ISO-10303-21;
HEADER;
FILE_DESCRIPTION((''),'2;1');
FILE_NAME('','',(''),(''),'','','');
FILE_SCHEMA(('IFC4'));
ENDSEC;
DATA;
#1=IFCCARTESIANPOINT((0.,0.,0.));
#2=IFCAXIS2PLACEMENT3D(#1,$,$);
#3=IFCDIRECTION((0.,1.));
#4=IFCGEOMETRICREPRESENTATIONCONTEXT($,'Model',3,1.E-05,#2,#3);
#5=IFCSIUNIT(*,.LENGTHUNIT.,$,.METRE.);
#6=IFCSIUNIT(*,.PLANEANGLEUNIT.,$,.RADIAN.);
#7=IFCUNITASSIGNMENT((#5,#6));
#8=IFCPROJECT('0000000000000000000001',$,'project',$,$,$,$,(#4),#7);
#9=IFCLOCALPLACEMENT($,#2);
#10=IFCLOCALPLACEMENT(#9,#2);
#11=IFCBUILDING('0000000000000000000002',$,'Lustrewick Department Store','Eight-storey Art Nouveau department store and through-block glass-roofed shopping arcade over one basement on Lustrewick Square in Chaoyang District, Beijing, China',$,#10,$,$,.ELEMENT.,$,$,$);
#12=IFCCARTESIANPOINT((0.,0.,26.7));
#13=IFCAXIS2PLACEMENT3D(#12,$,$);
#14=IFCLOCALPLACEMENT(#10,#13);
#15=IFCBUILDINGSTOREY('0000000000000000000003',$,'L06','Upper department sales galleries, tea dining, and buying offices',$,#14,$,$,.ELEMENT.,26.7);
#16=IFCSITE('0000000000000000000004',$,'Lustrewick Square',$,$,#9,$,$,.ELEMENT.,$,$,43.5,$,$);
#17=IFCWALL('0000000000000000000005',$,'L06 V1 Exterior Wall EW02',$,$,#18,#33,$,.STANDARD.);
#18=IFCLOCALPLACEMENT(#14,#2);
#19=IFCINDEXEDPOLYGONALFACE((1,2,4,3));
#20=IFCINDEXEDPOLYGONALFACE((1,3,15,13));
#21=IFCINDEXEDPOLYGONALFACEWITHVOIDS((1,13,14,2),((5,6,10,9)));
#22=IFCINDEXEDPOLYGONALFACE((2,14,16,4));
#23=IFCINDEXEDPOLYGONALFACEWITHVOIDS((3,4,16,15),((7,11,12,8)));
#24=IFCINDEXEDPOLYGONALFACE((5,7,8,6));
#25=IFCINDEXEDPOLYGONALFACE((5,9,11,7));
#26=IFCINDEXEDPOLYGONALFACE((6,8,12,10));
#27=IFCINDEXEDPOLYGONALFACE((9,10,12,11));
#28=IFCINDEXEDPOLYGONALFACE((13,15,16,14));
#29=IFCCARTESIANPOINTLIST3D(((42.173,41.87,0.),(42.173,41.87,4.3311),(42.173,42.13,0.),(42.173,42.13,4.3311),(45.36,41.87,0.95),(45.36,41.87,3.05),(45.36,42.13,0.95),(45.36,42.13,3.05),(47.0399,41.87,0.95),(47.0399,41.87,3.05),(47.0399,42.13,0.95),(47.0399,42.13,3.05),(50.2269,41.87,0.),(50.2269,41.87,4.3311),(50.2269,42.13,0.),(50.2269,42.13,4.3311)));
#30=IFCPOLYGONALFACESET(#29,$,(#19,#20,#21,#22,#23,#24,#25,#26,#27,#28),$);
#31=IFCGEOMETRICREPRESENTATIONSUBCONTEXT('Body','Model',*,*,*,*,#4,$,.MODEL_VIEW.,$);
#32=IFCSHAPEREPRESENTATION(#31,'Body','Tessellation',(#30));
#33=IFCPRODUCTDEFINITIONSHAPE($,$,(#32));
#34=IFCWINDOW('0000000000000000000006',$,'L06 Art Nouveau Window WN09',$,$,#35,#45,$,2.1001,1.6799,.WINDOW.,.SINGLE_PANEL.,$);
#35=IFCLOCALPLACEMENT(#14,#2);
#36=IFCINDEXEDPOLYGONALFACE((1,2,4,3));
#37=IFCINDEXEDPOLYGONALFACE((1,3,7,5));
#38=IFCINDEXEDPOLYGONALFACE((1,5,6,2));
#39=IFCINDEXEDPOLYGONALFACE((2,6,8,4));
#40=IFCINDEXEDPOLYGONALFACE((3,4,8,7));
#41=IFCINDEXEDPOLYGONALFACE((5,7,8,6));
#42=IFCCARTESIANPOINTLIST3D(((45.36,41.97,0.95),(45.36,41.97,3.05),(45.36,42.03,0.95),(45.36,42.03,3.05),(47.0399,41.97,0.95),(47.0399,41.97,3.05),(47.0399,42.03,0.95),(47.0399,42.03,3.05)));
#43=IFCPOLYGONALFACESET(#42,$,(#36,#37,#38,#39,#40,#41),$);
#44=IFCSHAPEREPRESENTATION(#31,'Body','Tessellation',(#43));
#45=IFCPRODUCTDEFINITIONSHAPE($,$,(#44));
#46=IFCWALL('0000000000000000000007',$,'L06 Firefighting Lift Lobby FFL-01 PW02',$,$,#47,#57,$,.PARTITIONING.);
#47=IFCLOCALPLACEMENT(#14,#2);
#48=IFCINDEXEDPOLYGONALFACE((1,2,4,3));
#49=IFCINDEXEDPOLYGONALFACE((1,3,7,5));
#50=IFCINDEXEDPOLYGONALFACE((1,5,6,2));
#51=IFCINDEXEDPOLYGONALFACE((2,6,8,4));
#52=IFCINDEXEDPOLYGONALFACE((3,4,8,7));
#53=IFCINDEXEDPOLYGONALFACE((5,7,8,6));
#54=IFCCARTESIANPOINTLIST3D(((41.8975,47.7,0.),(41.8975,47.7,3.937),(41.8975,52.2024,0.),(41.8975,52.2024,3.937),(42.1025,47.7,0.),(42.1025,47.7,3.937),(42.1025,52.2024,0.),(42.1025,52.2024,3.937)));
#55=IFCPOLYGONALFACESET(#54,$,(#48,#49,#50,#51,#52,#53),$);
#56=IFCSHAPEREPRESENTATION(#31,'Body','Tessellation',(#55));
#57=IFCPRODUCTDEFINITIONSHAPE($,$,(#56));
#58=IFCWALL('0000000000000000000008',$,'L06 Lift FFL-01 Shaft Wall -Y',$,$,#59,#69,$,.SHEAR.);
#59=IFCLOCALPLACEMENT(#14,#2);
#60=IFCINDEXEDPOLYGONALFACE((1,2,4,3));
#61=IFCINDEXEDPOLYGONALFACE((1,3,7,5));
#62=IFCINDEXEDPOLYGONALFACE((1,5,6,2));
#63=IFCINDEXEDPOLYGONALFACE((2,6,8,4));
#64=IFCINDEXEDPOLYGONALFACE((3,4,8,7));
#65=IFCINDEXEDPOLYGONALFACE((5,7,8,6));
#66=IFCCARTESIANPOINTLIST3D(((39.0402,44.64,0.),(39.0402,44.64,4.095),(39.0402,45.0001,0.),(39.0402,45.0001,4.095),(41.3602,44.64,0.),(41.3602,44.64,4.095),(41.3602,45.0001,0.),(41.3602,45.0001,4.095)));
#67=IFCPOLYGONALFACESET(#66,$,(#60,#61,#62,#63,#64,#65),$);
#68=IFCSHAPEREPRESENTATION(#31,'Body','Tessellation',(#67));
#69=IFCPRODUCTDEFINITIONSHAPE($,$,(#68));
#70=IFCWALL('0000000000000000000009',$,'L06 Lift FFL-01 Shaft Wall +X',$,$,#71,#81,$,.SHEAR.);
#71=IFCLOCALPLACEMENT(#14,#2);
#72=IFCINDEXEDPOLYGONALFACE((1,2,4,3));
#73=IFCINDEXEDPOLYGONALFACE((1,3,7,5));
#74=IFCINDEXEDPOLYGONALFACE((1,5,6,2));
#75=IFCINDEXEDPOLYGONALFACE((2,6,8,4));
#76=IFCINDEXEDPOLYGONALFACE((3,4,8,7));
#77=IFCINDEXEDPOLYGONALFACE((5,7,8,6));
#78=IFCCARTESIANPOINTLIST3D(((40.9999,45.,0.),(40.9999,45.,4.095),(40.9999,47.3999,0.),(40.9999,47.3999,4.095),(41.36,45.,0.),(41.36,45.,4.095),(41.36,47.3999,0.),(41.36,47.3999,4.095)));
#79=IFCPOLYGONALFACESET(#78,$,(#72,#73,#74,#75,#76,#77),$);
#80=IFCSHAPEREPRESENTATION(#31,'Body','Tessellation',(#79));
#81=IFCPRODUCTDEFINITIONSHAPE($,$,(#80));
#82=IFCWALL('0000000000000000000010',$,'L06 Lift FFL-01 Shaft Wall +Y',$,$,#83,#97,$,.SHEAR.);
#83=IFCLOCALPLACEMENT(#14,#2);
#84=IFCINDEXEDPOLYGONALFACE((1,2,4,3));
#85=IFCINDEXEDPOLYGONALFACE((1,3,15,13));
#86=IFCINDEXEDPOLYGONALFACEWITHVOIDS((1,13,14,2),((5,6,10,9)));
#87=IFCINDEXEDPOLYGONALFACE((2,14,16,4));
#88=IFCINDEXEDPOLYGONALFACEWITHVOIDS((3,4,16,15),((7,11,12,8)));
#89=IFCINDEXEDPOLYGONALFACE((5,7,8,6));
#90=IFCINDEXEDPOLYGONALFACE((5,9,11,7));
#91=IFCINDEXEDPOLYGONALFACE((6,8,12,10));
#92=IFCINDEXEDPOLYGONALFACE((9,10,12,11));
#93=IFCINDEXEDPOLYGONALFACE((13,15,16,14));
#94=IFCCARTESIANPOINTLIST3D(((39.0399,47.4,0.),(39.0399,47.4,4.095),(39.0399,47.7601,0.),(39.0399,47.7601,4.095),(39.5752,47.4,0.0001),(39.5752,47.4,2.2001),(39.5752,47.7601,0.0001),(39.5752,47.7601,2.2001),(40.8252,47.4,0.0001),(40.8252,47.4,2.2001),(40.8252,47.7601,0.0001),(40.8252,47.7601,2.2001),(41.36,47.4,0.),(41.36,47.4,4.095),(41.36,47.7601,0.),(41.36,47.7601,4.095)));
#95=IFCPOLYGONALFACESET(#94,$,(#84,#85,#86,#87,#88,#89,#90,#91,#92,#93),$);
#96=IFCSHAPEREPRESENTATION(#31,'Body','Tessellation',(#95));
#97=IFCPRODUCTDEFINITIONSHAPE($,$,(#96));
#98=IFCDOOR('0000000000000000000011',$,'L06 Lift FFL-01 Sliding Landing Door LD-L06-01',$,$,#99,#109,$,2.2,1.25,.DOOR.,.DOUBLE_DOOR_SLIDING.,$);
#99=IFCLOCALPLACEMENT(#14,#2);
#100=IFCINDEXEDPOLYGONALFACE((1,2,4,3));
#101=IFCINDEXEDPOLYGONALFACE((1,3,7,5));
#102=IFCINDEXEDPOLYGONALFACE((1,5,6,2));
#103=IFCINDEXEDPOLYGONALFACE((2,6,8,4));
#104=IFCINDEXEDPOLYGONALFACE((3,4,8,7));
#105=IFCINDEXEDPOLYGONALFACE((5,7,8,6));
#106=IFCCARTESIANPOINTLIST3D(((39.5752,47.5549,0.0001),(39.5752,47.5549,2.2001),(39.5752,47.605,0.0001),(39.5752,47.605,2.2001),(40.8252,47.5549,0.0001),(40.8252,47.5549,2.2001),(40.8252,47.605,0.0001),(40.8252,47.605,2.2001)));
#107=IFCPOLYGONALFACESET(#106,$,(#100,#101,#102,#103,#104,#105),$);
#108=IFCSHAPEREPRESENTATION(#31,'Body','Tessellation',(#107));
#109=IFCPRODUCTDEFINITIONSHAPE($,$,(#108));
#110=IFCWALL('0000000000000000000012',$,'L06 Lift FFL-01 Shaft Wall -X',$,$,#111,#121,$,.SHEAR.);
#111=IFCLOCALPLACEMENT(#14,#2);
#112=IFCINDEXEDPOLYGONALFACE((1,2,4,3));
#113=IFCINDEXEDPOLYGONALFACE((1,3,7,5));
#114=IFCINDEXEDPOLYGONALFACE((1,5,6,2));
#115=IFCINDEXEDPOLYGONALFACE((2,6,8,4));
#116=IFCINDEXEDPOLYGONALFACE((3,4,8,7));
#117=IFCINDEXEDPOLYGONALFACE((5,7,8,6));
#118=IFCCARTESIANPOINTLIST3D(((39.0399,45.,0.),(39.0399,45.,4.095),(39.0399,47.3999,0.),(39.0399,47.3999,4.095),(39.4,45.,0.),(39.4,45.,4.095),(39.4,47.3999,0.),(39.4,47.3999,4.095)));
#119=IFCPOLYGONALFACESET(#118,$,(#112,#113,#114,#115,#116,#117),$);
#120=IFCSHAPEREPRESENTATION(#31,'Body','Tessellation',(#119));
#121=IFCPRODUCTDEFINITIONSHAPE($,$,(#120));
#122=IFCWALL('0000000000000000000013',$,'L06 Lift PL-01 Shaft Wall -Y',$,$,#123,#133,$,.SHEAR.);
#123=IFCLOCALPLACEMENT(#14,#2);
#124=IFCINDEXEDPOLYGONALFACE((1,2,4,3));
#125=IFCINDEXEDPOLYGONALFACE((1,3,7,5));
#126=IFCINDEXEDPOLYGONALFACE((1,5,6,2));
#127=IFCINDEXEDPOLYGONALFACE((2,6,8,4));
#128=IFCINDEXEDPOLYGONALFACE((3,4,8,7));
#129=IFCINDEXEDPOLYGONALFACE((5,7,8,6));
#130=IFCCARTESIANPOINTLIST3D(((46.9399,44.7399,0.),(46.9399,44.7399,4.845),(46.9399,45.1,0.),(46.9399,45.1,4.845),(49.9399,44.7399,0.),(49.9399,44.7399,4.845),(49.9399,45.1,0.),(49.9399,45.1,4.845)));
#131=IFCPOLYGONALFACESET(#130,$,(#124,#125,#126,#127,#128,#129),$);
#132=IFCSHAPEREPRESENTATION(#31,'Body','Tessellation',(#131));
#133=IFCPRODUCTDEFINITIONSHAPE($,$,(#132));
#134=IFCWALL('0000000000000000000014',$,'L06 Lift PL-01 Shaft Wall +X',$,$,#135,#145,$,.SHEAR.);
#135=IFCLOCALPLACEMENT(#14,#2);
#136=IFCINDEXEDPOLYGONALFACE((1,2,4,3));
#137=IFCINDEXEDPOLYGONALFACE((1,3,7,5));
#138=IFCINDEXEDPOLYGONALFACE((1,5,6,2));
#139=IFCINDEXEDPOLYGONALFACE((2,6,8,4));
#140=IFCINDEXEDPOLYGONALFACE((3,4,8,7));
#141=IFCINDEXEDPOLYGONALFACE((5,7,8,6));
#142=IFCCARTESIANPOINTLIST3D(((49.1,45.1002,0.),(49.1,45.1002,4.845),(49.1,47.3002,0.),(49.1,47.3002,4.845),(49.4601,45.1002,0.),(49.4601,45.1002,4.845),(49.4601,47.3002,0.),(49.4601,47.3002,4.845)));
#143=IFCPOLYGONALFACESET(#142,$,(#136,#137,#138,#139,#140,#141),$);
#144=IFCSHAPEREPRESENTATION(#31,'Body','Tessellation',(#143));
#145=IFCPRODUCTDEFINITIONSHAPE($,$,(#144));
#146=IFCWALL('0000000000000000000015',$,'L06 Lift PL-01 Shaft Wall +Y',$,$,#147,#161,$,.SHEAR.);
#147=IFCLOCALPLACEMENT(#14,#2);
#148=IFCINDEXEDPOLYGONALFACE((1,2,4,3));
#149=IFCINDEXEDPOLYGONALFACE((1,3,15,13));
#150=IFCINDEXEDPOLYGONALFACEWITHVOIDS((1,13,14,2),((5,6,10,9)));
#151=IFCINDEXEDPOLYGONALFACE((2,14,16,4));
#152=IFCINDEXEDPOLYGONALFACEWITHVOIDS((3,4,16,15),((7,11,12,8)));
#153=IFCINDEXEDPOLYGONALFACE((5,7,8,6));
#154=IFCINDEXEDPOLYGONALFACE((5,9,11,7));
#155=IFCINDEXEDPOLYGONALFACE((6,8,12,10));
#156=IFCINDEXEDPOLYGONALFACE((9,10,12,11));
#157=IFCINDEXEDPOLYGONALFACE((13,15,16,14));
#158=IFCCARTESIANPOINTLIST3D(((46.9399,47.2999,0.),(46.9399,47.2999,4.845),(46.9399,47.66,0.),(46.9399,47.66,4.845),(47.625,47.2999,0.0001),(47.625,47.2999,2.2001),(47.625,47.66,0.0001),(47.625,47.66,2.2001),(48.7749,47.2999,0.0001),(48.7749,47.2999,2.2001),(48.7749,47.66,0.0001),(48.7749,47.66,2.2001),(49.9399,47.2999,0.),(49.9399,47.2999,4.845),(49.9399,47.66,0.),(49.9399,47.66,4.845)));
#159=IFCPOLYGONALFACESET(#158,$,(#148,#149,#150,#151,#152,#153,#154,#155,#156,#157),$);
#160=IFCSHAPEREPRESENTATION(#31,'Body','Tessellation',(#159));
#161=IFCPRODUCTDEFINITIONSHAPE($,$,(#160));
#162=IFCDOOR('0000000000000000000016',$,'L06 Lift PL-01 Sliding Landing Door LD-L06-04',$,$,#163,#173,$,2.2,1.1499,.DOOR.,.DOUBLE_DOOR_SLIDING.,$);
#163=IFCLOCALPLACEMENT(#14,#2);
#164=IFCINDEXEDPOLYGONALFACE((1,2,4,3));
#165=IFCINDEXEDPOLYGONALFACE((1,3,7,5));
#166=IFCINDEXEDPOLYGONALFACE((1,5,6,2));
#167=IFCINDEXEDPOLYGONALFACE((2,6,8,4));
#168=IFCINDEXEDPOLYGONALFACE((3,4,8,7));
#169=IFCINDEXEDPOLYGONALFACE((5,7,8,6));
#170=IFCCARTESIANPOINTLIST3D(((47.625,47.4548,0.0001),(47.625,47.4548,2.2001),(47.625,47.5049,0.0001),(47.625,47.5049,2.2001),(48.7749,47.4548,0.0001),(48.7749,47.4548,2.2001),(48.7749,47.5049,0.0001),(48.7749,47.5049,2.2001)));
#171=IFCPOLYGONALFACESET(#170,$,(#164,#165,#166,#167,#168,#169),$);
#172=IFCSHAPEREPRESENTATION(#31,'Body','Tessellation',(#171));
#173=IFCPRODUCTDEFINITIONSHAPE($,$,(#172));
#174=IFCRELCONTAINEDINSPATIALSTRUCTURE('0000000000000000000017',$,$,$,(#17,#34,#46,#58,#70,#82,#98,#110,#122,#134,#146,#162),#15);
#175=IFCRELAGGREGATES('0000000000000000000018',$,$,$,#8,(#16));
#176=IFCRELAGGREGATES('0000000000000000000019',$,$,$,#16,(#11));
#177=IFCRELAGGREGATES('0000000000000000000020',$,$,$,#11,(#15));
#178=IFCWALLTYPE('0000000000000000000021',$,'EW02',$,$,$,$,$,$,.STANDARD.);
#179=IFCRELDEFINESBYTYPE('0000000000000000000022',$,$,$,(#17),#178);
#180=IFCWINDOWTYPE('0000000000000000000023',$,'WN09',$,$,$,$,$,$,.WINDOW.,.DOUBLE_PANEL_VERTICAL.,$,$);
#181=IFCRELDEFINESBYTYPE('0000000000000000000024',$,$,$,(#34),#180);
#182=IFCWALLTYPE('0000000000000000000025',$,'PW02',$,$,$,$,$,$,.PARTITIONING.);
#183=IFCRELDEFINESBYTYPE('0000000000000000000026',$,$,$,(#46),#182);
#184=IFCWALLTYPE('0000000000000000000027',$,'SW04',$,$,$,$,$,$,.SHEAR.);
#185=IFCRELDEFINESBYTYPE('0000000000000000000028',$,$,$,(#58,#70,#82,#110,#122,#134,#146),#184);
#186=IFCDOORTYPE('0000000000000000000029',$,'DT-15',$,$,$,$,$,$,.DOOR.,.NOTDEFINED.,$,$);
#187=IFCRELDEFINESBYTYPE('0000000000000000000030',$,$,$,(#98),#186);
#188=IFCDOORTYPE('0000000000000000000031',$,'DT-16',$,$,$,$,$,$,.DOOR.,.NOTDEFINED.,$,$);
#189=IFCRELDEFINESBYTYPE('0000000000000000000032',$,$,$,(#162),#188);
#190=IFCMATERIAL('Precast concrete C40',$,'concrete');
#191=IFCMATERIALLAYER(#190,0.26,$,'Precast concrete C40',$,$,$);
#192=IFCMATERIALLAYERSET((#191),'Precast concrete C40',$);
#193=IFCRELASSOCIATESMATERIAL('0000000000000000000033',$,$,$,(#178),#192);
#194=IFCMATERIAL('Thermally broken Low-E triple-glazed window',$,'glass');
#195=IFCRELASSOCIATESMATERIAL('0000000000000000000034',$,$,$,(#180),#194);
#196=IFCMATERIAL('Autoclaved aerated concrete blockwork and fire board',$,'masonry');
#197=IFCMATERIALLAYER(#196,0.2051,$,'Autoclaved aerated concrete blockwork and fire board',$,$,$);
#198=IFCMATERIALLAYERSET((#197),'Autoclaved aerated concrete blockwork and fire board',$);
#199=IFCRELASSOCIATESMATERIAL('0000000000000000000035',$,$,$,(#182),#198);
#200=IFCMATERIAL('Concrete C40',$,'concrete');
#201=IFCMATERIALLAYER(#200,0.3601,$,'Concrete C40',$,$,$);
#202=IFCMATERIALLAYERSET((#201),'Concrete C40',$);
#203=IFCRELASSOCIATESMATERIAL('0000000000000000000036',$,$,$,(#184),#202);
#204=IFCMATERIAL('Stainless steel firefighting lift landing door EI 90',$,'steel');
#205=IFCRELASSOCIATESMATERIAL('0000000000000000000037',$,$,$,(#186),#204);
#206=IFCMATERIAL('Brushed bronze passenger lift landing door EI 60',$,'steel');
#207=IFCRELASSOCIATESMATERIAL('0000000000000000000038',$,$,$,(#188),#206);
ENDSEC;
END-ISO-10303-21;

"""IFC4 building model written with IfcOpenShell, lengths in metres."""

from ifc_helpers import new_model, si_unit, direction, frame, frame_2d, origin, place, context, subcontext, project, spatial, rectangle, extrude, material, layer, layer_set, type_object, element, fill, save


model = new_model("IFC4")

# Units and contexts
model_context = context("Model", 3, precision=1e-05, world=origin(), true_north=direction((0.0, 1.0)))
body_context = subcontext(model_context, "Body", "Model", "MODEL_VIEW")
ifc_project = project(units=[si_unit("LENGTHUNIT", "METRE"), si_unit("PLANEANGLEUNIT", "RADIAN")], contexts=[model_context])

# Site, building, storey
site_placement = place(None, origin())
site = spatial("IfcSite", under=ifc_project, at=site_placement, Name="Lustrewick Square", CompositionType="ELEMENT", RefElevation=43.5)
building_placement = place(site_placement, origin())
building = spatial("IfcBuilding", under=site, at=building_placement, Name="Lustrewick Department Store", Description="Eight-storey Art Nouveau department store and through-block glass-roofed shopping arcade over one basement on Lustrewick Square in Chaoyang District, Beijing, China", CompositionType="ELEMENT")
storey_placement = place(building_placement, frame((0.0, 0.0, 26.7)))
storey = spatial("IfcBuildingStorey", under=building, at=storey_placement, Name="L06", Description="Upper department sales galleries, tea dining, and buying offices", CompositionType="ELEMENT", Elevation=26.7)

# Wall, opening, window
ifc_material_1 = material(Name="Precast concrete C40", Category="concrete")
ifc_material_2 = material(Name="Thermally broken Low-E triple-glazed window", Category="glass")
ifc_layer_1 = layer(ifc_material_1, 0.26, Name="Precast concrete C40")
ifc_layer_set_1 = layer_set([ifc_layer_1], Name="Precast concrete C40")
wall_type_1 = type_object("IfcWallType", Name="EW02", PredefinedType="STANDARD", material=ifc_layer_set_1)
wall_1_placement = place(storey_placement, frame((42.1731, 42.0, 0.0), z_axis=(0.0, 0.0, 1.0), x_axis=(1.0, 0.0, 0.0)))
wall_1 = element("IfcWall", 1, at=wall_1_placement, inside=storey, type_object=wall_type_1, Name="L06 V1 Exterior Wall EW02", PredefinedType="STANDARD", context=body_context, shape_type="SweptSolid", body=[
    extrude(rectangle(XDim=8.054, YDim=0.26, at=frame_2d((4.0269, 0.0))), origin(), (0.0, 0.0, 1.0), 4.3311),
])
opening_1_placement = place(wall_1_placement, frame((3.187, 0.0, 0.95)))
opening_1 = element("IfcOpeningElement", 2, at=opening_1_placement, cuts=wall_1, PredefinedType="OPENING", context=body_context, shape_type="SweptSolid", body=[
    extrude(rectangle(XDim=1.6799, YDim=2.1001, at=frame_2d((0.8398, 1.05))), frame((0.0, 0.1401, 0.0), z_axis=(0.0, -1.0, 0.0), x_axis=(1.0, 0.0, 0.0)), (0.0, 0.0, 1.0), 0.28),
])
window_type_1 = type_object("IfcWindowType", Name="WN09", PartitioningType="DOUBLE_PANEL_VERTICAL", PredefinedType="WINDOW", material=ifc_material_2)
window_1_placement = place(opening_1_placement, origin())
window_1 = element("IfcWindow", 3, at=window_1_placement, inside=storey, type_object=window_type_1, Name="L06 Art Nouveau Window WN09", OverallHeight=2.1001, OverallWidth=1.6799, PartitioningType="SINGLE_PANEL", PredefinedType="WINDOW", context=body_context, shape_type="SweptSolid", body=[
    extrude(rectangle(XDim=1.6799, YDim=2.1001, at=frame_2d((0.8398, 1.05))), frame((0.0, 0.03, 0.0), z_axis=(0.0, -1.0, 0.0), x_axis=(1.0, 0.0, 0.0)), (0.0, 0.0, 1.0), 0.0601),
])
fill(opening_1, window_1)

# Walls
ifc_material_3 = material(Name="Autoclaved aerated concrete blockwork and fire board", Category="masonry")
ifc_layer_2 = layer(ifc_material_3, 0.2051, Name="Autoclaved aerated concrete blockwork and fire board")
ifc_layer_set_2 = layer_set([ifc_layer_2], Name="Autoclaved aerated concrete blockwork and fire board")
wall_type_2 = type_object("IfcWallType", Name="PW02", PredefinedType="PARTITIONING", material=ifc_layer_set_2)
wall_2_placement = place(storey_placement, frame((42.0, 47.7, 0.0), z_axis=(0.0, 0.0, 1.0), x_axis=(0.0, 1.0, 0.0)))
element("IfcWall", 4, at=wall_2_placement, inside=storey, type_object=wall_type_2, Name="L06 Firefighting Lift Lobby FFL-01 PW02", PredefinedType="PARTITIONING", context=body_context, shape_type="SweptSolid", body=[
    extrude(rectangle(XDim=4.5024, YDim=0.2051, at=frame_2d((2.2512, 0.0))), origin(), (0.0, 0.0, 1.0), 3.937),
])
ifc_material_4 = material(Name="Concrete C40", Category="concrete")
ifc_layer_3 = layer(ifc_material_4, 0.3601, Name="Concrete C40")
ifc_layer_set_3 = layer_set([ifc_layer_3], Name="Concrete C40")
wall_type_3 = type_object("IfcWallType", Name="SW04", PredefinedType="SHEAR", material=ifc_layer_set_3)
wall_3_placement = place(storey_placement, frame((39.04, 44.8201, 0.0), z_axis=(0.0, 0.0, 1.0), x_axis=(1.0, 0.0, 0.0)))
element("IfcWall", 5, at=wall_3_placement, inside=storey, type_object=wall_type_3, Name="L06 Lift FFL-01 Shaft Wall -Y", PredefinedType="SHEAR", context=body_context, shape_type="SweptSolid", body=[
    extrude(rectangle(XDim=2.3201, YDim=0.3601, at=frame_2d((1.1602, 0.0))), origin(), (0.0, 0.0, 1.0), 4.095),
])
wall_4_placement = place(storey_placement, frame((41.1799, 45.0, 0.0), z_axis=(0.0, 0.0, 1.0), x_axis=(0.0, 1.0, 0.0)))
element("IfcWall", 6, at=wall_4_placement, inside=storey, type_object=wall_type_3, Name="L06 Lift FFL-01 Shaft Wall +X", PredefinedType="SHEAR", context=body_context, shape_type="SweptSolid", body=[
    extrude(rectangle(XDim=2.3999, YDim=0.3601, at=frame_2d((1.2, 0.0))), origin(), (0.0, 0.0, 1.0), 4.095),
])

# Wall, opening, door
wall_5_placement = place(storey_placement, frame((41.3601, 47.5801, 0.0), z_axis=(0.0, 0.0, 1.0), x_axis=(-1.0, 0.0, 0.0)))
wall_5 = element("IfcWall", 7, at=wall_5_placement, inside=storey, type_object=wall_type_3, Name="L06 Lift FFL-01 Shaft Wall +Y", PredefinedType="SHEAR", context=body_context, shape_type="SweptSolid", body=[
    extrude(rectangle(XDim=2.3201, YDim=0.3601, at=frame_2d((1.1602, 0.0))), origin(), (0.0, 0.0, 1.0), 4.095),
])
opening_2_placement = place(wall_5_placement, frame((0.5349, 0.0, 0.0)))
opening_2 = element("IfcOpeningElement", 8, at=opening_2_placement, cuts=wall_5, PredefinedType="OPENING", context=body_context, shape_type="SweptSolid", body=[
    extrude(rectangle(XDim=1.25, YDim=2.2, at=frame_2d((0.625, 1.1001))), frame((0.0, 0.1899, 0.0), z_axis=(0.0, -1.0, 0.0), x_axis=(1.0, 0.0, 0.0)), (0.0, 0.0, 1.0), 0.3801),
])
ifc_material_5 = material(Name="Stainless steel firefighting lift landing door EI 90", Category="steel")
door_type_1 = type_object("IfcDoorType", Name="DT-15", OperationType="NOTDEFINED", PredefinedType="DOOR", material=ifc_material_5)
door_1_placement = place(opening_2_placement, frame((1.25, 0.0, 0.0), z_axis=(0.0, 0.0, 1.0), x_axis=(-1.0, 0.0, 0.0)))
door_1 = element("IfcDoor", 9, at=door_1_placement, inside=storey, type_object=door_type_1, Name="L06 Lift FFL-01 Sliding Landing Door LD-L06-01", OperationType="DOUBLE_DOOR_SLIDING", OverallHeight=2.2, OverallWidth=1.25, PredefinedType="DOOR", context=body_context, shape_type="SweptSolid", body=[
    extrude(rectangle(XDim=1.25, YDim=2.2, at=frame_2d((0.625, 1.1001))), frame((0.0, 0.0249, 0.0), z_axis=(0.0, -1.0, 0.0), x_axis=(1.0, 0.0, 0.0)), (0.0, 0.0, 1.0), 0.05),
])
fill(opening_2, door_1)

# Walls
wall_6_placement = place(storey_placement, frame((39.22, 47.3999, 0.0), z_axis=(0.0, 0.0, 1.0), x_axis=(0.0, -1.0, 0.0)))
element("IfcWall", 10, at=wall_6_placement, inside=storey, type_object=wall_type_3, Name="L06 Lift FFL-01 Shaft Wall -X", PredefinedType="SHEAR", context=body_context, shape_type="SweptSolid", body=[
    extrude(rectangle(XDim=2.3999, YDim=0.3601, at=frame_2d((1.2, 0.0))), origin(), (0.0, 0.0, 1.0), 4.095),
])
wall_7_placement = place(storey_placement, frame((46.9399, 44.9199, 0.0), z_axis=(0.0, 0.0, 1.0), x_axis=(1.0, 0.0, 0.0)))
element("IfcWall", 11, at=wall_7_placement, inside=storey, type_object=wall_type_3, Name="L06 Lift PL-01 Shaft Wall -Y", PredefinedType="SHEAR", context=body_context, shape_type="SweptSolid", body=[
    extrude(rectangle(XDim=3.0, YDim=0.3601, at=frame_2d((1.5, 0.0))), origin(), (0.0, 0.0, 1.0), 4.845),
])
wall_8_placement = place(storey_placement, frame((49.28, 45.1001, 0.0), z_axis=(0.0, 0.0, 1.0), x_axis=(0.0, 1.0, 0.0)))
element("IfcWall", 12, at=wall_8_placement, inside=storey, type_object=wall_type_3, Name="L06 Lift PL-01 Shaft Wall +X", PredefinedType="SHEAR", context=body_context, shape_type="SweptSolid", body=[
    extrude(rectangle(XDim=2.2, YDim=0.3601, at=frame_2d((1.1001, 0.0))), origin(), (0.0, 0.0, 1.0), 4.845),
])

# Wall, opening, door
wall_9_placement = place(storey_placement, frame((49.9399, 47.48, 0.0), z_axis=(0.0, 0.0, 1.0), x_axis=(-1.0, 0.0, 0.0)))
wall_9 = element("IfcWall", 13, at=wall_9_placement, inside=storey, type_object=wall_type_3, Name="L06 Lift PL-01 Shaft Wall +Y", PredefinedType="SHEAR", context=body_context, shape_type="SweptSolid", body=[
    extrude(rectangle(XDim=3.0, YDim=0.3601, at=frame_2d((1.5, 0.0))), origin(), (0.0, 0.0, 1.0), 4.845),
])
opening_3_placement = place(wall_9_placement, frame((1.165, 0.0, 0.0)))
opening_3 = element("IfcOpeningElement", 14, at=opening_3_placement, cuts=wall_9, PredefinedType="OPENING", context=body_context, shape_type="SweptSolid", body=[
    extrude(rectangle(XDim=1.1499, YDim=2.2, at=frame_2d((0.575, 1.1001))), frame((0.0, 0.1899, 0.0), z_axis=(0.0, -1.0, 0.0), x_axis=(1.0, 0.0, 0.0)), (0.0, 0.0, 1.0), 0.3801),
])
ifc_material_6 = material(Name="Brushed bronze passenger lift landing door EI 60", Category="steel")
door_type_2 = type_object("IfcDoorType", Name="DT-16", OperationType="NOTDEFINED", PredefinedType="DOOR", material=ifc_material_6)
door_2_placement = place(opening_3_placement, frame((1.1499, 0.0, 0.0), z_axis=(0.0, 0.0, 1.0), x_axis=(-1.0, 0.0, 0.0)))
door_2 = element("IfcDoor", 15, at=door_2_placement, inside=storey, type_object=door_type_2, Name="L06 Lift PL-01 Sliding Landing Door LD-L06-04", OperationType="DOUBLE_DOOR_SLIDING", OverallHeight=2.2, OverallWidth=1.1499, PredefinedType="DOOR", context=body_context, shape_type="SweptSolid", body=[
    extrude(rectangle(XDim=1.1499, YDim=2.2, at=frame_2d((0.575, 1.1001))), frame((0.0, 0.0249, 0.0), z_axis=(0.0, -1.0, 0.0), x_axis=(1.0, 0.0, 0.0)), (0.0, 0.0, 1.0), 0.05),
])
fill(opening_3, door_2)

save(model, "model.ifc")
